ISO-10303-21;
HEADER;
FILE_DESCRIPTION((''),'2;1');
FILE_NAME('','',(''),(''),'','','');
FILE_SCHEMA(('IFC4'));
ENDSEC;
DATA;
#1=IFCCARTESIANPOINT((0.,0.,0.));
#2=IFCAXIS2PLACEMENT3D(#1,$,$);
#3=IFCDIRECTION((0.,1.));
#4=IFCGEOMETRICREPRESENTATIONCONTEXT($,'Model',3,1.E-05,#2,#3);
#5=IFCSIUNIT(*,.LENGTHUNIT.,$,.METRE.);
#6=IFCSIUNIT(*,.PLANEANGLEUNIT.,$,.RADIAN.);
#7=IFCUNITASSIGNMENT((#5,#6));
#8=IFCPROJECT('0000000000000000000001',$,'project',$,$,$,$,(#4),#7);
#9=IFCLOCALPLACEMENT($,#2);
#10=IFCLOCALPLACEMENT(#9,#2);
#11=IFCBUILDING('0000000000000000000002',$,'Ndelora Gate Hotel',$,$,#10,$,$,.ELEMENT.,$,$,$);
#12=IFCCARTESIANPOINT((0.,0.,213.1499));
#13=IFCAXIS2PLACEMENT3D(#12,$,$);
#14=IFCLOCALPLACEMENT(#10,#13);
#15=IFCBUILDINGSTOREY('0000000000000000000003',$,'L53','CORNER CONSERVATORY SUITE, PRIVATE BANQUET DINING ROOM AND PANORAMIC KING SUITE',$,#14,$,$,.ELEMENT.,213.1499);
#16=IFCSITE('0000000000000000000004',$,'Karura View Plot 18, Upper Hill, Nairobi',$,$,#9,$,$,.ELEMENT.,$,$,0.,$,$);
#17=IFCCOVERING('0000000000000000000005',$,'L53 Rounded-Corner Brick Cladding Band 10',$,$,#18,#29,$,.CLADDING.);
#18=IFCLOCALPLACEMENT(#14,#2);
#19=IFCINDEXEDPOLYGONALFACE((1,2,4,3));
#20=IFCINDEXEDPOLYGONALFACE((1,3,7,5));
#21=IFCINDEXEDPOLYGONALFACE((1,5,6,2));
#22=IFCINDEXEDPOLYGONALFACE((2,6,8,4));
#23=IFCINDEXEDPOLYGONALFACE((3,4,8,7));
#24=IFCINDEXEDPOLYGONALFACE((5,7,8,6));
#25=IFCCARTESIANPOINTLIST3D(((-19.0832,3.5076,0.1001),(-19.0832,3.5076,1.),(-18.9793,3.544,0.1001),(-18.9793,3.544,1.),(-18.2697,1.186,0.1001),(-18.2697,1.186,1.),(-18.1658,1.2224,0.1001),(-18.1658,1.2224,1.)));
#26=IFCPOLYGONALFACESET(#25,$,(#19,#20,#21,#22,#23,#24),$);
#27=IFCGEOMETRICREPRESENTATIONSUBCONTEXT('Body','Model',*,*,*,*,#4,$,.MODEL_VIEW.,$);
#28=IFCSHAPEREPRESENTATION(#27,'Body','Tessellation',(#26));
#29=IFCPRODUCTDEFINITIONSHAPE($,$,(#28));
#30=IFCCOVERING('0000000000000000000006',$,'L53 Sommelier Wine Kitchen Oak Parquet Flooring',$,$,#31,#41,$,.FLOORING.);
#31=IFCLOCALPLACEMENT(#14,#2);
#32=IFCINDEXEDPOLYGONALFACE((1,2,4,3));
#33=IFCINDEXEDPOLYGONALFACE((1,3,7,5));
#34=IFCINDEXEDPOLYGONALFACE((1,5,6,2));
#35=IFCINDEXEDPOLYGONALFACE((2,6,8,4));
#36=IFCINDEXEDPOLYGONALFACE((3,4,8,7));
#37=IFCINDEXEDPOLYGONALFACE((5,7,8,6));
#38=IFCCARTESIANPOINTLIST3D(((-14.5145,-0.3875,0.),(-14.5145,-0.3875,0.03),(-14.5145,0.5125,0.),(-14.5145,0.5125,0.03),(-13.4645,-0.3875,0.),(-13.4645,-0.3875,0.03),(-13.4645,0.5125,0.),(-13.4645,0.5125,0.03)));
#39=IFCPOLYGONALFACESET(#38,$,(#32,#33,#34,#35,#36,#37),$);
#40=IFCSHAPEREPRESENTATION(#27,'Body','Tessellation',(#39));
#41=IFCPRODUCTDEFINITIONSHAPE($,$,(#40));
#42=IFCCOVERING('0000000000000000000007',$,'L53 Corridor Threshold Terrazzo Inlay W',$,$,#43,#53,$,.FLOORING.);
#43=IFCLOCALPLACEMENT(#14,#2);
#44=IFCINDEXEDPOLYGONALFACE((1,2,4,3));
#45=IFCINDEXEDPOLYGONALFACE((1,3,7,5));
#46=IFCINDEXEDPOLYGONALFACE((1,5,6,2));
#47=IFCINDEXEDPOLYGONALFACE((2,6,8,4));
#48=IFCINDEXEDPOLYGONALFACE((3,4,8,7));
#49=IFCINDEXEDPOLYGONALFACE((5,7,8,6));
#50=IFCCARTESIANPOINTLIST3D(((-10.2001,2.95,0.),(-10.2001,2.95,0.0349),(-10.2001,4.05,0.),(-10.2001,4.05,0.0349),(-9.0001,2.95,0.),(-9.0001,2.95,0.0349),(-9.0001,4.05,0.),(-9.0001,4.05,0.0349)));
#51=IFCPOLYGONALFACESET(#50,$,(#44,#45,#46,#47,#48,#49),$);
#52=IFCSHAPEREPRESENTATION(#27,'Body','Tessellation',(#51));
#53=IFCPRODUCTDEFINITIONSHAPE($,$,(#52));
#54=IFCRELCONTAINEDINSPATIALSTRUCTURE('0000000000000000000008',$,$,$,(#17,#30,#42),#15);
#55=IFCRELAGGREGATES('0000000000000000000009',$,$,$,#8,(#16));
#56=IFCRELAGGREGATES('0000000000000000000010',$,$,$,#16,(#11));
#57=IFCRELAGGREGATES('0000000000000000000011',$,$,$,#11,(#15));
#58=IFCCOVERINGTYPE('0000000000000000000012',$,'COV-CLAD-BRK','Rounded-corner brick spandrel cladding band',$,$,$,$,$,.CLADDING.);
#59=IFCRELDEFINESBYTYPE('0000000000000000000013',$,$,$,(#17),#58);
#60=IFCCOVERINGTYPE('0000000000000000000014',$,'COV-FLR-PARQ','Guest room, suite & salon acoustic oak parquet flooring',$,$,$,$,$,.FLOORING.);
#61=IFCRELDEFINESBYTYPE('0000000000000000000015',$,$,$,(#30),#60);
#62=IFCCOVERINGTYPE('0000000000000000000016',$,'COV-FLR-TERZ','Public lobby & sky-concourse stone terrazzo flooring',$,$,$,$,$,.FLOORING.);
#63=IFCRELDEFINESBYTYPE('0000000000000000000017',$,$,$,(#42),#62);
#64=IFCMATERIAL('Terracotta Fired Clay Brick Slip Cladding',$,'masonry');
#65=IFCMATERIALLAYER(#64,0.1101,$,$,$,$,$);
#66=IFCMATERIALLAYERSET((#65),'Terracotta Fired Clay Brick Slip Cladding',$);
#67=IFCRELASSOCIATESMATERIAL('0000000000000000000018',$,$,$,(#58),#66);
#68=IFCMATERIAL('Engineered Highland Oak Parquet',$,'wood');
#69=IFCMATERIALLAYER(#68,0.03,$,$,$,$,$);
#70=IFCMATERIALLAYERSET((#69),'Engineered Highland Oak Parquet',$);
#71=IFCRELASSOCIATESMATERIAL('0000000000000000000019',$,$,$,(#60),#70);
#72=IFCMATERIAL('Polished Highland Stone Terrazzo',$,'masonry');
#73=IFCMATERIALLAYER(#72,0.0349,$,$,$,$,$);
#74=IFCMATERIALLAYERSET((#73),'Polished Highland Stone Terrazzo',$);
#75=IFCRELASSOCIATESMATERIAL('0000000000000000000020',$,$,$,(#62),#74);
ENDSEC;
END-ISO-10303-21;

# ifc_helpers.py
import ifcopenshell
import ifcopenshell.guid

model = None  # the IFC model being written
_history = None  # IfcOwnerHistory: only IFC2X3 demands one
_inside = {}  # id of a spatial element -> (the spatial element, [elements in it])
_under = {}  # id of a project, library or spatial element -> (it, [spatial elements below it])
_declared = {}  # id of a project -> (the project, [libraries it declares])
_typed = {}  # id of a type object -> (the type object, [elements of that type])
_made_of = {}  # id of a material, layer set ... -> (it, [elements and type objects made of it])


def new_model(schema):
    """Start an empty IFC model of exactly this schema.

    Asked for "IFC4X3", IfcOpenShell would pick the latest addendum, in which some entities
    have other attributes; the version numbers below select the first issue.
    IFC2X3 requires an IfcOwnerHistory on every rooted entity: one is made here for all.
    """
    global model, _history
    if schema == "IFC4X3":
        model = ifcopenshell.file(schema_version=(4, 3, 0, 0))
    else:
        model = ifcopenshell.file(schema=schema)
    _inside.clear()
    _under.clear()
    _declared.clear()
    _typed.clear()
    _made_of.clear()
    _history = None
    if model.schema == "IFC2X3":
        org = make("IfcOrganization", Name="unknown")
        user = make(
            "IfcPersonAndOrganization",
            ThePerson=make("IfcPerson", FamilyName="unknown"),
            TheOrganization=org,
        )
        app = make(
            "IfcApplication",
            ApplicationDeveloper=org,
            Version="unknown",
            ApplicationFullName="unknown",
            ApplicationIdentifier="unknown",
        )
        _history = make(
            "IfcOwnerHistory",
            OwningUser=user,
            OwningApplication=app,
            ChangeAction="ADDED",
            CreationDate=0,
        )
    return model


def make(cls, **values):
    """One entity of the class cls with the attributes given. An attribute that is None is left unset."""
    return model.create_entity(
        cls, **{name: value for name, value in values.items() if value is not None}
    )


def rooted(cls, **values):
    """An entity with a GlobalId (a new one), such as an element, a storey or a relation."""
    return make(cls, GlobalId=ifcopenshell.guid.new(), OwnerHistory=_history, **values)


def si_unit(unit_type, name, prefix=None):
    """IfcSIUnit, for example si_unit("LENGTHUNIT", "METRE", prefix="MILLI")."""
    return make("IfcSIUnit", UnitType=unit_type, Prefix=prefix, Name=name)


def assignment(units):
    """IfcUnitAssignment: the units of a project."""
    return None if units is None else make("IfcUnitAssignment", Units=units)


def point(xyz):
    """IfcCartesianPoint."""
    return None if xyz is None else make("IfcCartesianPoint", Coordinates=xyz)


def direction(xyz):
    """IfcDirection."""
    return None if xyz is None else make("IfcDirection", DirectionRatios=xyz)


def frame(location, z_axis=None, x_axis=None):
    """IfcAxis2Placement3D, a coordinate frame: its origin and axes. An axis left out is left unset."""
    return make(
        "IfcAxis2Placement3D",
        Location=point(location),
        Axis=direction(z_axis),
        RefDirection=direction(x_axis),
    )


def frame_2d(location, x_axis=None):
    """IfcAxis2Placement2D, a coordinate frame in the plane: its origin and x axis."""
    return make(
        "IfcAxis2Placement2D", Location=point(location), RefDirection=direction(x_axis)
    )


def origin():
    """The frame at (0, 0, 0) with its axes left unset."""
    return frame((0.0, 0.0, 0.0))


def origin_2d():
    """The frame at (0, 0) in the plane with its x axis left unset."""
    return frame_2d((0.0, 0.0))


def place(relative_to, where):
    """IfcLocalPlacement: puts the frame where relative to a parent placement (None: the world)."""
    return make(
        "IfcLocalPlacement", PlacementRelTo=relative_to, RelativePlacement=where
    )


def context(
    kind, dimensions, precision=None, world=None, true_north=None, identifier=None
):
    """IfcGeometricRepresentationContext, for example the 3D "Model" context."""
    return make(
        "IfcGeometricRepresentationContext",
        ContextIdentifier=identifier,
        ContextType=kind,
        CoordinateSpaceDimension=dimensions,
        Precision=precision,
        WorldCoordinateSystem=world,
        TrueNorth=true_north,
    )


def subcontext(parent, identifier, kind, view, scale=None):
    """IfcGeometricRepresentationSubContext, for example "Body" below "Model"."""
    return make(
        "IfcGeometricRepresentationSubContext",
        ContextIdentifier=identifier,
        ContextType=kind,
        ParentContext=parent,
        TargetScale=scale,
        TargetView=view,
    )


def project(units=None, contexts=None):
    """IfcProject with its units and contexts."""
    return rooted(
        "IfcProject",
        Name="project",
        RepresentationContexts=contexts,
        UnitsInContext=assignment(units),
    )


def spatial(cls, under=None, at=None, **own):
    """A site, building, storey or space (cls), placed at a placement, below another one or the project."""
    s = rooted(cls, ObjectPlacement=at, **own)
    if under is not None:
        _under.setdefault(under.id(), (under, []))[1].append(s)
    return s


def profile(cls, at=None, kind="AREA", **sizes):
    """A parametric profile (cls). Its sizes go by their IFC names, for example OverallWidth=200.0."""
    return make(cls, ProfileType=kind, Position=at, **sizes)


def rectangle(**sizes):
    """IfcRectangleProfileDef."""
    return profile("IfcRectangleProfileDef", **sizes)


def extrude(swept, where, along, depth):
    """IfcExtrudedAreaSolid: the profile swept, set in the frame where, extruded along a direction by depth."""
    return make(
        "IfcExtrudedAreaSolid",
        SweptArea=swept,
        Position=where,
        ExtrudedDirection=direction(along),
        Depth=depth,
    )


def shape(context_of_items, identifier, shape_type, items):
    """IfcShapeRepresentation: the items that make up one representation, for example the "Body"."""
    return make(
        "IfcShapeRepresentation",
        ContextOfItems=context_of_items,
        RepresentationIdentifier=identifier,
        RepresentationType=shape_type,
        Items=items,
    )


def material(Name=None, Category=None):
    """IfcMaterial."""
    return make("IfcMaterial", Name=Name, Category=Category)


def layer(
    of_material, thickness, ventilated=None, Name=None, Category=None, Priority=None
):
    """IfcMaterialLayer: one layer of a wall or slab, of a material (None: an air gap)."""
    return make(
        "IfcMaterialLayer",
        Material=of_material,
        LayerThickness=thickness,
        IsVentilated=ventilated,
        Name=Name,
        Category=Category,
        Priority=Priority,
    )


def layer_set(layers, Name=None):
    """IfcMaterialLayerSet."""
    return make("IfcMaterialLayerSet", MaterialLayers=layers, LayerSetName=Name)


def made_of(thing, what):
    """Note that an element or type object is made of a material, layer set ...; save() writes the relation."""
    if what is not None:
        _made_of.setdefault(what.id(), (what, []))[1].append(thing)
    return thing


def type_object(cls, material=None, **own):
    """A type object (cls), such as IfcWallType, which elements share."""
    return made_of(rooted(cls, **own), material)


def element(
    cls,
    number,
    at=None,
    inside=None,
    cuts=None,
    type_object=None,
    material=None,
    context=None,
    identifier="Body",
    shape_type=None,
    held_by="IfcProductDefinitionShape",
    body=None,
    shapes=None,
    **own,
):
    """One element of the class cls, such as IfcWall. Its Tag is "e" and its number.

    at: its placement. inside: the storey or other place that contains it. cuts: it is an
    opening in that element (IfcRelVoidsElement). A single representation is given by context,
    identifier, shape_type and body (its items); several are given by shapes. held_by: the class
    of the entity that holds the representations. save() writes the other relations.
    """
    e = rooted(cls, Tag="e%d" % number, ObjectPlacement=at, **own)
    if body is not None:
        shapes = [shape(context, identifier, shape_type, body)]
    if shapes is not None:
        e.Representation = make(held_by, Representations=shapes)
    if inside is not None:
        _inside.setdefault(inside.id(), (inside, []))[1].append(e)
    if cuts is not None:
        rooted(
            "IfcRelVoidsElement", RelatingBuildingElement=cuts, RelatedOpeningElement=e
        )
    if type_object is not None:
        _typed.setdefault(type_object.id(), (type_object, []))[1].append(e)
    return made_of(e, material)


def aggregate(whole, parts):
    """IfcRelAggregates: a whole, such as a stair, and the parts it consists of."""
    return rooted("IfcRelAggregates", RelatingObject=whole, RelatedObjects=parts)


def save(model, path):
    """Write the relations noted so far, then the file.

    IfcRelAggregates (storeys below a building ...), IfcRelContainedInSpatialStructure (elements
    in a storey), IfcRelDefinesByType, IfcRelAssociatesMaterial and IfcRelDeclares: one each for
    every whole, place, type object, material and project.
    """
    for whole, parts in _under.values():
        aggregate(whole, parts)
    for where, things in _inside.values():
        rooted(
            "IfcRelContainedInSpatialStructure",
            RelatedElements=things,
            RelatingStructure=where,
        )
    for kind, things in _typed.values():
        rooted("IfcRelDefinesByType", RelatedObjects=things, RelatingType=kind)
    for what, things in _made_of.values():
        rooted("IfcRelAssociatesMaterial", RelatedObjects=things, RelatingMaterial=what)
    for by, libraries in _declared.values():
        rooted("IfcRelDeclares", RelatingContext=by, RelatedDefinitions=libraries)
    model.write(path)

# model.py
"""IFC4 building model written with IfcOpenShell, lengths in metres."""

from ifc_helpers import new_model, si_unit, direction, frame, origin, origin_2d, place, context, subcontext, project, spatial, rectangle, extrude, material, layer, layer_set, type_object, element, save


model = new_model("IFC4")

# Units and contexts
model_context = context("Model", 3, precision=1e-05, world=origin(), true_north=direction((0.0, 1.0)))
body_context = subcontext(model_context, "Body", "Model", "MODEL_VIEW")
ifc_project = project(units=[si_unit("LENGTHUNIT", "METRE"), si_unit("PLANEANGLEUNIT", "RADIAN")], contexts=[model_context])

# Site, building, storey
site_placement = place(None, origin())
site = spatial("IfcSite", under=ifc_project, at=site_placement, Name="Karura View Plot 18, Upper Hill, Nairobi", CompositionType="ELEMENT", RefElevation=0.0)
building_placement = place(site_placement, origin())
building = spatial("IfcBuilding", under=site, at=building_placement, Name="Ndelora Gate Hotel", CompositionType="ELEMENT")
storey_placement = place(building_placement, frame((0.0, 0.0, 213.1499)))
storey = spatial("IfcBuildingStorey", under=building, at=storey_placement, Name="L53", Description="CORNER CONSERVATORY SUITE, PRIVATE BANQUET DINING ROOM AND PANORAMIC KING SUITE", CompositionType="ELEMENT", Elevation=213.1499)

# Coverings
ifc_material_1 = material(Name="Terracotta Fired Clay Brick Slip Cladding", Category="masonry")
ifc_layer_1 = layer(ifc_material_1, 0.1101)
ifc_layer_set_1 = layer_set([ifc_layer_1], Name="Terracotta Fired Clay Brick Slip Cladding")
covering_type_1 = type_object("IfcCoveringType", Name="COV-CLAD-BRK", Description="Rounded-corner brick spandrel cladding band", PredefinedType="CLADDING", material=ifc_layer_set_1)
covering_1_placement = place(storey_placement, frame((-18.6245, 2.365, 0.1001), z_axis=(0.0, 0.0, 1.0), x_axis=(-0.330679, 0.943743, 0.0)))
element("IfcCovering", 1, at=covering_1_placement, inside=storey, type_object=covering_type_1, Name="L53 Rounded-Corner Brick Cladding Band 10", PredefinedType="CLADDING", context=body_context, shape_type="SweptSolid", body=[
    extrude(rectangle(XDim=2.46, YDim=0.1101, at=origin_2d()), origin(), (0.0, 0.0, 1.0), 0.8999),
])
ifc_material_2 = material(Name="Engineered Highland Oak Parquet", Category="wood")
ifc_layer_2 = layer(ifc_material_2, 0.03)
ifc_layer_set_2 = layer_set([ifc_layer_2], Name="Engineered Highland Oak Parquet")
covering_type_2 = type_object("IfcCoveringType", Name="COV-FLR-PARQ", Description="Guest room, suite & salon acoustic oak parquet flooring", PredefinedType="FLOORING", material=ifc_layer_set_2)
covering_2_placement = place(storey_placement, frame((-13.9895, 0.0625, 0.0), z_axis=(0.0, 0.0, 1.0), x_axis=(1.0, 0.0, 0.0)))
element("IfcCovering", 2, at=covering_2_placement, inside=storey, type_object=covering_type_2, Name="L53 Sommelier Wine Kitchen Oak Parquet Flooring", PredefinedType="FLOORING", context=body_context, shape_type="SweptSolid", body=[
    extrude(rectangle(XDim=1.05, YDim=0.8999, at=origin_2d()), origin(), (0.0, 0.0, 1.0), 0.03),
])
ifc_material_3 = material(Name="Polished Highland Stone Terrazzo", Category="masonry")
ifc_layer_3 = layer(ifc_material_3, 0.0349)
ifc_layer_set_3 = layer_set([ifc_layer_3], Name="Polished Highland Stone Terrazzo")
covering_type_3 = type_object("IfcCoveringType", Name="COV-FLR-TERZ", Description="Public lobby & sky-concourse stone terrazzo flooring", PredefinedType="FLOORING", material=ifc_layer_set_3)
covering_3_placement = place(storey_placement, frame((-9.6001, 3.5, 0.0), z_axis=(0.0, 0.0, 1.0), x_axis=(1.0, 0.0, 0.0)))
element("IfcCovering", 3, at=covering_3_placement, inside=storey, type_object=covering_type_3, Name="L53 Corridor Threshold Terrazzo Inlay W", PredefinedType="FLOORING", context=body_context, shape_type="SweptSolid", body=[
    extrude(rectangle(XDim=1.2, YDim=1.1001, at=origin_2d()), origin(), (0.0, 0.0, 1.0), 0.0349),
])

save(model, "model.ifc")
